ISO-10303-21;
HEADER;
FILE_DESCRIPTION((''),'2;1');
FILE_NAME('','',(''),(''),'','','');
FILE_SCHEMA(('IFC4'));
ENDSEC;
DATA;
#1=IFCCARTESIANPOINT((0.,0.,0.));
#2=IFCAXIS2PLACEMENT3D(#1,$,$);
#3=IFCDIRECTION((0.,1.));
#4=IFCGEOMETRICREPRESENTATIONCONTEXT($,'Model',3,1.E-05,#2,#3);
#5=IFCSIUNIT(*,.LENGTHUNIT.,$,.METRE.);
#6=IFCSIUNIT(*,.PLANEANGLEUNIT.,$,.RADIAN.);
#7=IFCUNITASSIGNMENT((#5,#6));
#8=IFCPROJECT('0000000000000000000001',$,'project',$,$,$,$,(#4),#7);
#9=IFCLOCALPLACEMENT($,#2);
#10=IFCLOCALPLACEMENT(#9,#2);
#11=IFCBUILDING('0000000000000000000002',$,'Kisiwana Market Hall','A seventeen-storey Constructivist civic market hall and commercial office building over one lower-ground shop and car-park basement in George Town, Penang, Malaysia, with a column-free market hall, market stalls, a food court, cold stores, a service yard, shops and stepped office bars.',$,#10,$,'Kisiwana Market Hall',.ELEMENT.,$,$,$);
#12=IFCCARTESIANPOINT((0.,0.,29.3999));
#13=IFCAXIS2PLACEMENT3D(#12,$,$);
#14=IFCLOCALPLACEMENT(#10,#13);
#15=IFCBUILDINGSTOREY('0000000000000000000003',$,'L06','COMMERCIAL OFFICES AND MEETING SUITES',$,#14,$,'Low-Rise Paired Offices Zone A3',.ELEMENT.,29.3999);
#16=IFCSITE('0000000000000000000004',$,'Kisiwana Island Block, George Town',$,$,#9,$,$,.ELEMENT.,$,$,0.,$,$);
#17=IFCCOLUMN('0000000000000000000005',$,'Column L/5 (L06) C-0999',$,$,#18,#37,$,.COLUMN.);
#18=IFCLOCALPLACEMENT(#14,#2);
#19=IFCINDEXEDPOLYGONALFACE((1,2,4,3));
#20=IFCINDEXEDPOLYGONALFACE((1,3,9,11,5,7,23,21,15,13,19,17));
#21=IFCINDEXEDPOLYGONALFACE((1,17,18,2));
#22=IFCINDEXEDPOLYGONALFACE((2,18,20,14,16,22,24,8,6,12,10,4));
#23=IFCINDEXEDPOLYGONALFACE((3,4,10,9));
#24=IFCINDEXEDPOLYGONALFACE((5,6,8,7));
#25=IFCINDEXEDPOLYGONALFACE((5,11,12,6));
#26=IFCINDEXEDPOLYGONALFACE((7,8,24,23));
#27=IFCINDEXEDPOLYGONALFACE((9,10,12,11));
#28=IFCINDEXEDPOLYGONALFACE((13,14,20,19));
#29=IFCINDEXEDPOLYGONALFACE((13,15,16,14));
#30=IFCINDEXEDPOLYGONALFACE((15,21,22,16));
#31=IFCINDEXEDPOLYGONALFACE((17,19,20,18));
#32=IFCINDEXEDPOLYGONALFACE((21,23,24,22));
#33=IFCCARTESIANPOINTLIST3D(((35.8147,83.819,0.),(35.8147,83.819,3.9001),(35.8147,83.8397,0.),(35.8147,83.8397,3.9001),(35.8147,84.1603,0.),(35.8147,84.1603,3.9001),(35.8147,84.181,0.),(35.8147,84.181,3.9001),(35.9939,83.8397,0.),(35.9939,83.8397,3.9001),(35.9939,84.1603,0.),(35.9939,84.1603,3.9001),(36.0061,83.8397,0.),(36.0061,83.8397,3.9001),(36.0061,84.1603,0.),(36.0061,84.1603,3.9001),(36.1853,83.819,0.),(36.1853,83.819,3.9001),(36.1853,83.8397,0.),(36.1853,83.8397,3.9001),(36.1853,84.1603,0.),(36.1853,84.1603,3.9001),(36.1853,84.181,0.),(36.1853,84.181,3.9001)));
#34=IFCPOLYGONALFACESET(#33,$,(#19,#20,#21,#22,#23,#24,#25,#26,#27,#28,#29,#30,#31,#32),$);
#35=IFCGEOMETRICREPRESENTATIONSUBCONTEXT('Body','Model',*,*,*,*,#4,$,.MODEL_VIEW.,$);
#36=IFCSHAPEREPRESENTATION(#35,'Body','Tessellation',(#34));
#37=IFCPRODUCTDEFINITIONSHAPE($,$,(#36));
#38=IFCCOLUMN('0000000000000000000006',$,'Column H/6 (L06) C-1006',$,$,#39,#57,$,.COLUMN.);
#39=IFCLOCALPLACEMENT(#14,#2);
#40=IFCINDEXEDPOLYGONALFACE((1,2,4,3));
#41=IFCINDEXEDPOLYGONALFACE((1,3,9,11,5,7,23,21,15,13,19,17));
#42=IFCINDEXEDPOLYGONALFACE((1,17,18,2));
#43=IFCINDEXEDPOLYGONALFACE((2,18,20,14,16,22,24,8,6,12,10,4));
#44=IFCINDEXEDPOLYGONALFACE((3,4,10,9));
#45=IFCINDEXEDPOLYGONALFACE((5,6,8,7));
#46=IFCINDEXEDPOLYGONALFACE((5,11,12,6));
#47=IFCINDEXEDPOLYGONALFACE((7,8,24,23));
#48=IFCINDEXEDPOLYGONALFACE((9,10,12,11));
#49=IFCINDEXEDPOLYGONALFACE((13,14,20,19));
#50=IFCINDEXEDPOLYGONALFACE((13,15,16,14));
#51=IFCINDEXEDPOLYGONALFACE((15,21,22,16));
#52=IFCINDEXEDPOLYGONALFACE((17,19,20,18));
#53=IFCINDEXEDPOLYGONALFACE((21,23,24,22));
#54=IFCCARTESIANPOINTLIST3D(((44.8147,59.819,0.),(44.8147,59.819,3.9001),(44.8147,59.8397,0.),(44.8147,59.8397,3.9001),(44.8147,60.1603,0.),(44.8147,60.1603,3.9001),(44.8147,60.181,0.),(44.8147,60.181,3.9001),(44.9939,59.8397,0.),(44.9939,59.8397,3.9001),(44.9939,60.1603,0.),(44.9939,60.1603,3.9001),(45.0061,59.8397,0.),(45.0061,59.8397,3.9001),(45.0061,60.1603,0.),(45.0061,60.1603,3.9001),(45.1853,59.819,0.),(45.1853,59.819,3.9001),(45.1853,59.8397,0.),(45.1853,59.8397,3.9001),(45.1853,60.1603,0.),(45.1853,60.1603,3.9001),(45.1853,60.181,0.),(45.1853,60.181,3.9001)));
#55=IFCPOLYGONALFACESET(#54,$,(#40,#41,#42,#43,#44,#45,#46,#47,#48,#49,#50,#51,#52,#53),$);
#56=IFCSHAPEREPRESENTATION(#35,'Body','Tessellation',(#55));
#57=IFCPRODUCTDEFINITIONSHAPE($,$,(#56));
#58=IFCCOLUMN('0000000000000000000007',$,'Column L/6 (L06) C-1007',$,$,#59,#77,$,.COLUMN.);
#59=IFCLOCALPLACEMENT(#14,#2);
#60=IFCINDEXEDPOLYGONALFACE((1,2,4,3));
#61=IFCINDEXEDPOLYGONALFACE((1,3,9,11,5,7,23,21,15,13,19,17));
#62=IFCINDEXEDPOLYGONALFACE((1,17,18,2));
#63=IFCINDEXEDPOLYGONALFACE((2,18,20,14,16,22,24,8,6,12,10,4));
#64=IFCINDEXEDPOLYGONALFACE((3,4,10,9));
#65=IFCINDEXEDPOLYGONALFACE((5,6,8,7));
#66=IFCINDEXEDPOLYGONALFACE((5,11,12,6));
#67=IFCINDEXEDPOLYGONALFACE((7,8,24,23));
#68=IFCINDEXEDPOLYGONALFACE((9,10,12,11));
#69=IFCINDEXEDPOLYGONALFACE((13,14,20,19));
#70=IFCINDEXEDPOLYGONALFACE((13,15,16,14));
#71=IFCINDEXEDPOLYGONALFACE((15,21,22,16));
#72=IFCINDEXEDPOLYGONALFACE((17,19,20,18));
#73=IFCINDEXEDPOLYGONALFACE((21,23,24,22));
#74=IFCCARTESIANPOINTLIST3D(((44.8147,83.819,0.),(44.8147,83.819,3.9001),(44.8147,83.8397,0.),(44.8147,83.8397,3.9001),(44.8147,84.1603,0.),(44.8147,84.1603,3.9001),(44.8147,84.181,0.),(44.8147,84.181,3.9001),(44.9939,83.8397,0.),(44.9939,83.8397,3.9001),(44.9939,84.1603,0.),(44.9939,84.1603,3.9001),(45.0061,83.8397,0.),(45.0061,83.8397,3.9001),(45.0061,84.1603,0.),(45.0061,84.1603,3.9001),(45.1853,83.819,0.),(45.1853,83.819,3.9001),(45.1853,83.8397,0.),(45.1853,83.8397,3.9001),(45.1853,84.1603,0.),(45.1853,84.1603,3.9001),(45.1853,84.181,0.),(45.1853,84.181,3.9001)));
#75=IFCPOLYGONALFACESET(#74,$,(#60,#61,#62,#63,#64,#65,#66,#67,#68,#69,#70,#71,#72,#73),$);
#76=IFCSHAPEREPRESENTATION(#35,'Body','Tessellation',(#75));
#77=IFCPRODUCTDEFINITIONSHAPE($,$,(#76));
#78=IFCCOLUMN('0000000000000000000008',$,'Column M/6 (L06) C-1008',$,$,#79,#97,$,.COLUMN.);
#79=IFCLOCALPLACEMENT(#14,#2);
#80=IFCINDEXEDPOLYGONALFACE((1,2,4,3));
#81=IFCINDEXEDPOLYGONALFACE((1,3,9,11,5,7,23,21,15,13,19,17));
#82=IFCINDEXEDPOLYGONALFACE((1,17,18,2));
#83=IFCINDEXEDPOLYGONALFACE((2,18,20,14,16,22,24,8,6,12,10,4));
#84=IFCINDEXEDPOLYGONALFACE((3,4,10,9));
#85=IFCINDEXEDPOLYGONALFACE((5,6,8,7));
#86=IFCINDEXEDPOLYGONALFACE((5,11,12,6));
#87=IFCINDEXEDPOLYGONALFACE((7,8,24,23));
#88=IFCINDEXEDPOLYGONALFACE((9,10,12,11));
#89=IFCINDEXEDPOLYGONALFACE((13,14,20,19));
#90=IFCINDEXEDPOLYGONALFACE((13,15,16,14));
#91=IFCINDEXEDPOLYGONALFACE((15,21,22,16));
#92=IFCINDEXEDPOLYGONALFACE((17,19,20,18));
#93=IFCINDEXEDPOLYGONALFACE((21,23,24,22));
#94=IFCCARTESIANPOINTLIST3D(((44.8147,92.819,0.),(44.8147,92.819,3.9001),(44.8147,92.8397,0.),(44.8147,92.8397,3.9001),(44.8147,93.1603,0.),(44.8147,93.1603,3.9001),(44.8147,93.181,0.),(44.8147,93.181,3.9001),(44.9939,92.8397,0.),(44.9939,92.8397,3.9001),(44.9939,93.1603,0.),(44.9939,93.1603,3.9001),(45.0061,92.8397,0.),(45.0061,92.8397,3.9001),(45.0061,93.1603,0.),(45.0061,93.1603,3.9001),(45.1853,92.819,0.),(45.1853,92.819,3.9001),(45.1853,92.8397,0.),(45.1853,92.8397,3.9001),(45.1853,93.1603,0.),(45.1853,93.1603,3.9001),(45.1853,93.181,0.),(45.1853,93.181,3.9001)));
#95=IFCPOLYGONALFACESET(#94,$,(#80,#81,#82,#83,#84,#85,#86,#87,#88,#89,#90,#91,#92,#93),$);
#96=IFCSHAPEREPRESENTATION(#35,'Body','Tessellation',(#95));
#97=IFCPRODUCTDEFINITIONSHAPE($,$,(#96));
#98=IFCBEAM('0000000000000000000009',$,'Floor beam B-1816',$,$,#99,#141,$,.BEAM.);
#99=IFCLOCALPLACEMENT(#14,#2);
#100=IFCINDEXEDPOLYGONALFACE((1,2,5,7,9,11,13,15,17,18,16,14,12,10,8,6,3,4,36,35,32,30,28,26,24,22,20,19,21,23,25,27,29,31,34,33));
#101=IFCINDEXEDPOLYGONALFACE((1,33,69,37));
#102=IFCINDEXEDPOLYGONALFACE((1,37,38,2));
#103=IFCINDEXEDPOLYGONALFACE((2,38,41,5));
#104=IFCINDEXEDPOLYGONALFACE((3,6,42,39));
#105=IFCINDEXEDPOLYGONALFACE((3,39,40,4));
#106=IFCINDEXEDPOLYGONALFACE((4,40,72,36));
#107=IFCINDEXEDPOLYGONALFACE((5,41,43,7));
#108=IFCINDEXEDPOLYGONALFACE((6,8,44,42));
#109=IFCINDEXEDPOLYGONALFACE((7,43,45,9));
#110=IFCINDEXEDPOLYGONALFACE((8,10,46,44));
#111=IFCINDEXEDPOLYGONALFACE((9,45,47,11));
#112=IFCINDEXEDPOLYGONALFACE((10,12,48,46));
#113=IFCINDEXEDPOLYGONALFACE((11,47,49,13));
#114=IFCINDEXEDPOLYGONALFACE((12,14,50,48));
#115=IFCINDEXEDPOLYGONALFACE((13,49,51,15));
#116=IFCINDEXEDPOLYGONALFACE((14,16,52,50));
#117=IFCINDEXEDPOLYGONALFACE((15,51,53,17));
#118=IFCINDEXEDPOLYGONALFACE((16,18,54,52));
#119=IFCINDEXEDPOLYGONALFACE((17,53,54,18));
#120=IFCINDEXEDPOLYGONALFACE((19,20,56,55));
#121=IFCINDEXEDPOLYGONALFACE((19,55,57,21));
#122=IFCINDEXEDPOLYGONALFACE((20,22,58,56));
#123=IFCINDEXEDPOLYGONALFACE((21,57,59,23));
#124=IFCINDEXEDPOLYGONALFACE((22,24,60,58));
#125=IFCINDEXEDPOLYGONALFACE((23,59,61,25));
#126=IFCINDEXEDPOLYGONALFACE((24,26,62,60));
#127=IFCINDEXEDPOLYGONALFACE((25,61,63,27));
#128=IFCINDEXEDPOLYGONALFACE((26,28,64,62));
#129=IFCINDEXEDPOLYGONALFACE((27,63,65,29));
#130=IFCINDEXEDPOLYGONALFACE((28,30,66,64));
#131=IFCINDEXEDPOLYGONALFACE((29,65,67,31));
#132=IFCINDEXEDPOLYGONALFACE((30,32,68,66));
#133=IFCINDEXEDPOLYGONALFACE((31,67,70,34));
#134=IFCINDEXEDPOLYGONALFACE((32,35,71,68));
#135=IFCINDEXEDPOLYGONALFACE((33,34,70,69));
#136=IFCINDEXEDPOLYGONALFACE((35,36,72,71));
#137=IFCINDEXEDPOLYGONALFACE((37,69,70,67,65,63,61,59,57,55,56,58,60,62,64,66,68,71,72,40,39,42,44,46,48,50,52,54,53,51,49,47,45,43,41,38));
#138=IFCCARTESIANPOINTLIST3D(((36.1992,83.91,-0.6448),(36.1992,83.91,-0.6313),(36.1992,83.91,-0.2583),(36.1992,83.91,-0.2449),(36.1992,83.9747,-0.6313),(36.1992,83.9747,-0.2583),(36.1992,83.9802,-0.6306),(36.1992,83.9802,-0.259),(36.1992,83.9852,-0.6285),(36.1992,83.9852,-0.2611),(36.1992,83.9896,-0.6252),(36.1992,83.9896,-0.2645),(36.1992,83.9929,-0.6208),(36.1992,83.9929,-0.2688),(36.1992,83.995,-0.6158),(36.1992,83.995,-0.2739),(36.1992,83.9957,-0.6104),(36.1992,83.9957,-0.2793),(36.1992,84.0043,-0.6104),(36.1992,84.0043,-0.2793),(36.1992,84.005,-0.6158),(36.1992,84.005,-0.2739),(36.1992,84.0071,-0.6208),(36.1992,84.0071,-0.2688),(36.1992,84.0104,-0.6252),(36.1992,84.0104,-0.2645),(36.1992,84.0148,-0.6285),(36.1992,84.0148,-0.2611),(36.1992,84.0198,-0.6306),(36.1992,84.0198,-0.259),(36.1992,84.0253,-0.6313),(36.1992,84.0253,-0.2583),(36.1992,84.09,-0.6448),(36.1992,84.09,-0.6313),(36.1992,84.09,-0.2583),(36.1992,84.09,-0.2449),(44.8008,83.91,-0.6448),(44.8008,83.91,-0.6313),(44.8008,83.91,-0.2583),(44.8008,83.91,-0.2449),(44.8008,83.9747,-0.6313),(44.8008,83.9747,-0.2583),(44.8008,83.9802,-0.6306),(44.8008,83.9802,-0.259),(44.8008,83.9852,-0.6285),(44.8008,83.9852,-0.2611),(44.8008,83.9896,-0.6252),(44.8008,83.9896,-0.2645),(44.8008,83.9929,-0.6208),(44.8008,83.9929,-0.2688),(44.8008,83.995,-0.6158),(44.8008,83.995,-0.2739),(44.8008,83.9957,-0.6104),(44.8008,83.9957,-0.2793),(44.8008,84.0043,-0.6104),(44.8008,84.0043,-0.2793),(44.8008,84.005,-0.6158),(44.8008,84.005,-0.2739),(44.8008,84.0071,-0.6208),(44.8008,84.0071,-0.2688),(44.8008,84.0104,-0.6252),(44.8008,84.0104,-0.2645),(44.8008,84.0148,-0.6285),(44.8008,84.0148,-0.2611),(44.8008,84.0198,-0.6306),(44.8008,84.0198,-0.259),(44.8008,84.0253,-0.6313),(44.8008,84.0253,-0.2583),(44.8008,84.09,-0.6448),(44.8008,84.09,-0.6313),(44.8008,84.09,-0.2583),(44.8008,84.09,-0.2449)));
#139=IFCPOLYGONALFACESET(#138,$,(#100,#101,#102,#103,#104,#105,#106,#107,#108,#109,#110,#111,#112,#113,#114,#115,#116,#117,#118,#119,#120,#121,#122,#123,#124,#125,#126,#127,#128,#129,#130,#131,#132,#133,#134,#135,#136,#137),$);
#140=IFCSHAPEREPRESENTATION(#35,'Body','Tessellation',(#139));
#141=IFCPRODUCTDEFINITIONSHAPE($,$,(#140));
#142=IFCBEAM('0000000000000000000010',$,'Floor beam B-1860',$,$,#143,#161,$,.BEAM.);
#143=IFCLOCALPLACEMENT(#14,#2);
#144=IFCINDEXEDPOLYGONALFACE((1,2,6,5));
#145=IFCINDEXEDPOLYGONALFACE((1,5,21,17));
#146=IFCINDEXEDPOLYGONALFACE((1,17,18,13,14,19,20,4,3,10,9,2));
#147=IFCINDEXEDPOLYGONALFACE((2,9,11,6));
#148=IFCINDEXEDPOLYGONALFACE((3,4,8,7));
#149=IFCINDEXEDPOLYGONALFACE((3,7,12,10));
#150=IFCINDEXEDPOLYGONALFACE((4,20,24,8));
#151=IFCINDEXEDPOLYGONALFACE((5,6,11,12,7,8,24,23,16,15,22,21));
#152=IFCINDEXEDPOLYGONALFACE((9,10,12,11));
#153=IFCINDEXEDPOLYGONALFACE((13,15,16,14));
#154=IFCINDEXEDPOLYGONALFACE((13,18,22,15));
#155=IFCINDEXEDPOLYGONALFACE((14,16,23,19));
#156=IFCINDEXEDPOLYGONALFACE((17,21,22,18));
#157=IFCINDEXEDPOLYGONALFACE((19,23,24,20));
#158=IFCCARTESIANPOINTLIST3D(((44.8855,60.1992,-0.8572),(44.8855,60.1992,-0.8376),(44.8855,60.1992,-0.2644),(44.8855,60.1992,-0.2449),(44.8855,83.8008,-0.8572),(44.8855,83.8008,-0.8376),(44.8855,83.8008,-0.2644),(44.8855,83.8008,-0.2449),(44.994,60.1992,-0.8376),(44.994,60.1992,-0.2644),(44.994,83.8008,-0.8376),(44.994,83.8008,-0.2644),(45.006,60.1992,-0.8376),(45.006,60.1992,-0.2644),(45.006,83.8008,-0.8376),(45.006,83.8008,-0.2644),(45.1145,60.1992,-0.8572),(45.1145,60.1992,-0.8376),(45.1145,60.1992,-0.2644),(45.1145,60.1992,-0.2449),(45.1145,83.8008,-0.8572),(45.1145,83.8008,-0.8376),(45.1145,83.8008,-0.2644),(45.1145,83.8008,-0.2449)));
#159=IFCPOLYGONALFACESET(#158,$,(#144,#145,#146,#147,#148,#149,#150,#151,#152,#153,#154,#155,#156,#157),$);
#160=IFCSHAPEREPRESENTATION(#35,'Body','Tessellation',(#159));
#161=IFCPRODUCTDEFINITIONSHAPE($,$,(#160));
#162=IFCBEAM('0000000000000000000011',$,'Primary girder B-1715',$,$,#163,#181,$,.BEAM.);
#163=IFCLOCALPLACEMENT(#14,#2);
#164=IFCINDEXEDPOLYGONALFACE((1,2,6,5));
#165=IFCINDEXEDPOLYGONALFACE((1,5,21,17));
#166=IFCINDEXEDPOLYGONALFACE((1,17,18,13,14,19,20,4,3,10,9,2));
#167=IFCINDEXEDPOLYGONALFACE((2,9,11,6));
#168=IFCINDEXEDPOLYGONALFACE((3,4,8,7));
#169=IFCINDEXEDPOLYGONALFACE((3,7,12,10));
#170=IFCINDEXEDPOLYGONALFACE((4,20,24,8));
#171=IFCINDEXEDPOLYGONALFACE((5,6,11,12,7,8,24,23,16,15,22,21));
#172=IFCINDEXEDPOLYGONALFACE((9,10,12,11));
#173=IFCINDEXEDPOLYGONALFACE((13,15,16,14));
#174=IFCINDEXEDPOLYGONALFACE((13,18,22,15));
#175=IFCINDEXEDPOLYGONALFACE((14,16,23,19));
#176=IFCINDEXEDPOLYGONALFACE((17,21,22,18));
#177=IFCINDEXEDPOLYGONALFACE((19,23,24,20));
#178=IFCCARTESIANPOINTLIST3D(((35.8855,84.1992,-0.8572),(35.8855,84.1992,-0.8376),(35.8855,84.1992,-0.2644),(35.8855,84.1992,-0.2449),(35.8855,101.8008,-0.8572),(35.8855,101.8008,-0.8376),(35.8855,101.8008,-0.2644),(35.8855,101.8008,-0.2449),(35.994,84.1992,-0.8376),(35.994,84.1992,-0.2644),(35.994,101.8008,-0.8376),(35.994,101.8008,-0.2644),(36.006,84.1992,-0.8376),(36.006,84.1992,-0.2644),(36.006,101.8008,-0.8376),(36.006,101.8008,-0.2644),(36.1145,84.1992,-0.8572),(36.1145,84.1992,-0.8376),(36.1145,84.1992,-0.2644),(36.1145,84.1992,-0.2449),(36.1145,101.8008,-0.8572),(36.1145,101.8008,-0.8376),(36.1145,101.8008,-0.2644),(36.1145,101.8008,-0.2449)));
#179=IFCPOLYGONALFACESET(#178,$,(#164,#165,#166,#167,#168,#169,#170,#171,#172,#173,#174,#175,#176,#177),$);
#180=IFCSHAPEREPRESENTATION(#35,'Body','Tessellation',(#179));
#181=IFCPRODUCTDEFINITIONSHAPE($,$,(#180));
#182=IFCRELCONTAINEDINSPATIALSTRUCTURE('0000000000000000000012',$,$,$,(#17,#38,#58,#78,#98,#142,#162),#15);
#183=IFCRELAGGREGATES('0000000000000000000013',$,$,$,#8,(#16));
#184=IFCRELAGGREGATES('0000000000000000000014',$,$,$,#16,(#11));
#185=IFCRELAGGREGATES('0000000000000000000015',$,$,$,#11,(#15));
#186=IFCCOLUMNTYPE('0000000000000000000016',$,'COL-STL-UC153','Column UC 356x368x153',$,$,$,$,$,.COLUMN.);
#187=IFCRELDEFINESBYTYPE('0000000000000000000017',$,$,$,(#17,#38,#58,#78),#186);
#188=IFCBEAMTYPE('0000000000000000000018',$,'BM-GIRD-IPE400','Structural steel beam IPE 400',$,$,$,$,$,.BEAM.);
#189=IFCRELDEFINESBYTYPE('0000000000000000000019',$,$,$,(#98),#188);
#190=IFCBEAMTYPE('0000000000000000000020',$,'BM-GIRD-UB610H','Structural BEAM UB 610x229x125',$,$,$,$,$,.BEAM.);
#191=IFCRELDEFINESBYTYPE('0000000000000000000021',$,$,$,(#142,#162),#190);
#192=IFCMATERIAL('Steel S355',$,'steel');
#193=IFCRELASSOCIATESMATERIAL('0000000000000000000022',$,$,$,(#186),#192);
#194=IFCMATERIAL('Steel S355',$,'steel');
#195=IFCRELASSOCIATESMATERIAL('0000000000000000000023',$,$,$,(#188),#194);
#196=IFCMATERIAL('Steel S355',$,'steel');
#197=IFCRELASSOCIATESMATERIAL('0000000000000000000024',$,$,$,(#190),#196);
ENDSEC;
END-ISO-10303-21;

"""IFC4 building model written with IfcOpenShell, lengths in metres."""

from ifc_helpers import new_model, si_unit, direction, frame, origin, origin_2d, place, context, subcontext, project, spatial, i_section, extrude, material, material_profile, profile_set, type_object, element, save


model = new_model("IFC4")

# Units and contexts
model_context = context("Model", 3, precision=1e-05, world=origin(), true_north=direction((0.0, 1.0)))
body_context = subcontext(model_context, "Body", "Model", "MODEL_VIEW")
ifc_project = project(units=[si_unit("LENGTHUNIT", "METRE"), si_unit("PLANEANGLEUNIT", "RADIAN")], contexts=[model_context])

# Site, building, storey
site_placement = place(None, origin())
site = spatial("IfcSite", under=ifc_project, at=site_placement, Name="Kisiwana Island Block, George Town", CompositionType="ELEMENT", RefElevation=0.0)
building_placement = place(site_placement, origin())
building = spatial("IfcBuilding", under=site, at=building_placement, Name="Kisiwana Market Hall", Description="A seventeen-storey Constructivist civic market hall and commercial office building over one lower-ground shop and car-park basement in George Town, Penang, Malaysia, with a column-free market hall, market stalls, a food court, cold stores, a service yard, shops and stepped office bars.", LongName="Kisiwana Market Hall", CompositionType="ELEMENT")
storey_placement = place(building_placement, frame((0.0, 0.0, 29.3999)))
storey = spatial("IfcBuildingStorey", under=building, at=storey_placement, Name="L06", Description="COMMERCIAL OFFICES AND MEETING SUITES", LongName="Low-Rise Paired Offices Zone A3", CompositionType="ELEMENT", Elevation=29.3999)

# Columns
ifc_material_1 = material(Name="Steel S355", Category="steel")
ifc_material_profile_1 = material_profile(ifc_material_1, i_section(OverallWidth=0.3706, OverallDepth=0.3621, WebThickness=0.0122, FlangeThickness=0.0208, at=origin_2d()), Name="UC 356x368x153")
ifc_profile_set_1 = profile_set([ifc_material_profile_1], Name="Steel S355")
column_type = type_object("IfcColumnType", Name="COL-STL-UC153", Description="Column UC 356x368x153", PredefinedType="COLUMN", material=ifc_profile_set_1)
for number, where, z_axis, x_axis, name in (
    (1, (36.0, 84.0, 0.0), (0.0, 0.0, 1.0), (1.0, 0.0, 0.0), "Column L/5 (L06) C-0999"),
    (2, (45.0, 60.0, 0.0), (0.0, 0.0, 1.0), (1.0, 0.0, 0.0), "Column H/6 (L06) C-1006"),
    (3, (45.0, 84.0, 0.0), (0.0, 0.0, 1.0), (1.0, 0.0, 0.0), "Column L/6 (L06) C-1007"),
    (4, (45.0, 93.0, 0.0), (0.0, 0.0, 1.0), (1.0, 0.0, 0.0), "Column M/6 (L06) C-1008"),
):
    element("IfcColumn", number, at=place(storey_placement, frame(where, z_axis=z_axis, x_axis=x_axis)), inside=storey, type_object=column_type, Name=name, PredefinedType="COLUMN", context=body_context, shape_type="SweptSolid", body=[
        extrude(i_section(OverallWidth=0.3706, OverallDepth=0.3621, WebThickness=0.0122, FlangeThickness=0.0208, at=origin_2d()), origin(), (0.0, 0.0, 1.0), 3.9001),
    ])

# Beams
ifc_material_2 = material(Name="Steel S355", Category="steel")
ifc_material_profile_2 = material_profile(ifc_material_2, i_section(OverallWidth=0.1799, OverallDepth=0.3999, WebThickness=0.0085, FlangeThickness=0.0134, FilletRadius=0.021, at=origin_2d()), Name="IPE 400")
ifc_profile_set_2 = profile_set([ifc_material_profile_2], Name="Steel S355")
beam_type_1 = type_object("IfcBeamType", Name="BM-GIRD-IPE400", Description="Structural steel beam IPE 400", PredefinedType="BEAM", material=ifc_profile_set_2)
beam_1_placement = place(storey_placement, frame((36.1992, 84.0, -0.4448), z_axis=(1.0, 0.0, 0.0), x_axis=(0.0, 1.0, 0.0)))
element("IfcBeam", 5, at=beam_1_placement, inside=storey, type_object=beam_type_1, Name="Floor beam B-1816", PredefinedType="BEAM", context=body_context, shape_type="SweptSolid", body=[
    extrude(i_section(OverallWidth=0.1799, OverallDepth=0.3999, WebThickness=0.0085, FlangeThickness=0.0134, FilletRadius=0.021, at=origin_2d()), origin(), (0.0, 0.0, 1.0), 8.6016),
])
ifc_material_3 = material(Name="Steel S355", Category="steel")
ifc_material_profile_3 = material_profile(ifc_material_3, i_section(OverallWidth=0.229, OverallDepth=0.6123, WebThickness=0.012, FlangeThickness=0.0195, at=origin_2d()), Name="UB 610x229x125")
ifc_profile_set_3 = profile_set([ifc_material_profile_3], Name="Steel S355")
beam_type_2 = type_object("IfcBeamType", Name="BM-GIRD-UB610H", Description="Structural BEAM UB 610x229x125", PredefinedType="BEAM", material=ifc_profile_set_3)
beam_2_placement = place(storey_placement, frame((45.0, 60.1992, -0.551), z_axis=(0.0, 1.0, 0.0), x_axis=(-1.0, 0.0, 0.0)))
element("IfcBeam", 6, at=beam_2_placement, inside=storey, type_object=beam_type_2, Name="Floor beam B-1860", PredefinedType="BEAM", context=body_context, shape_type="SweptSolid", body=[
    extrude(i_section(OverallWidth=0.229, OverallDepth=0.6123, WebThickness=0.012, FlangeThickness=0.0195, at=origin_2d()), origin(), (0.0, 0.0, 1.0), 23.6016),
])
beam_3_placement = place(storey_placement, frame((36.0, 84.1992, -0.551), z_axis=(0.0, 1.0, 0.0), x_axis=(-1.0, 0.0, 0.0)))
element("IfcBeam", 7, at=beam_3_placement, inside=storey, type_object=beam_type_2, Name="Primary girder B-1715", PredefinedType="BEAM", context=body_context, shape_type="SweptSolid", body=[
    extrude(i_section(OverallWidth=0.229, OverallDepth=0.6123, WebThickness=0.012, FlangeThickness=0.0195, at=origin_2d()), origin(), (0.0, 0.0, 1.0), 17.6016),
])

save(model, "model.ifc")
